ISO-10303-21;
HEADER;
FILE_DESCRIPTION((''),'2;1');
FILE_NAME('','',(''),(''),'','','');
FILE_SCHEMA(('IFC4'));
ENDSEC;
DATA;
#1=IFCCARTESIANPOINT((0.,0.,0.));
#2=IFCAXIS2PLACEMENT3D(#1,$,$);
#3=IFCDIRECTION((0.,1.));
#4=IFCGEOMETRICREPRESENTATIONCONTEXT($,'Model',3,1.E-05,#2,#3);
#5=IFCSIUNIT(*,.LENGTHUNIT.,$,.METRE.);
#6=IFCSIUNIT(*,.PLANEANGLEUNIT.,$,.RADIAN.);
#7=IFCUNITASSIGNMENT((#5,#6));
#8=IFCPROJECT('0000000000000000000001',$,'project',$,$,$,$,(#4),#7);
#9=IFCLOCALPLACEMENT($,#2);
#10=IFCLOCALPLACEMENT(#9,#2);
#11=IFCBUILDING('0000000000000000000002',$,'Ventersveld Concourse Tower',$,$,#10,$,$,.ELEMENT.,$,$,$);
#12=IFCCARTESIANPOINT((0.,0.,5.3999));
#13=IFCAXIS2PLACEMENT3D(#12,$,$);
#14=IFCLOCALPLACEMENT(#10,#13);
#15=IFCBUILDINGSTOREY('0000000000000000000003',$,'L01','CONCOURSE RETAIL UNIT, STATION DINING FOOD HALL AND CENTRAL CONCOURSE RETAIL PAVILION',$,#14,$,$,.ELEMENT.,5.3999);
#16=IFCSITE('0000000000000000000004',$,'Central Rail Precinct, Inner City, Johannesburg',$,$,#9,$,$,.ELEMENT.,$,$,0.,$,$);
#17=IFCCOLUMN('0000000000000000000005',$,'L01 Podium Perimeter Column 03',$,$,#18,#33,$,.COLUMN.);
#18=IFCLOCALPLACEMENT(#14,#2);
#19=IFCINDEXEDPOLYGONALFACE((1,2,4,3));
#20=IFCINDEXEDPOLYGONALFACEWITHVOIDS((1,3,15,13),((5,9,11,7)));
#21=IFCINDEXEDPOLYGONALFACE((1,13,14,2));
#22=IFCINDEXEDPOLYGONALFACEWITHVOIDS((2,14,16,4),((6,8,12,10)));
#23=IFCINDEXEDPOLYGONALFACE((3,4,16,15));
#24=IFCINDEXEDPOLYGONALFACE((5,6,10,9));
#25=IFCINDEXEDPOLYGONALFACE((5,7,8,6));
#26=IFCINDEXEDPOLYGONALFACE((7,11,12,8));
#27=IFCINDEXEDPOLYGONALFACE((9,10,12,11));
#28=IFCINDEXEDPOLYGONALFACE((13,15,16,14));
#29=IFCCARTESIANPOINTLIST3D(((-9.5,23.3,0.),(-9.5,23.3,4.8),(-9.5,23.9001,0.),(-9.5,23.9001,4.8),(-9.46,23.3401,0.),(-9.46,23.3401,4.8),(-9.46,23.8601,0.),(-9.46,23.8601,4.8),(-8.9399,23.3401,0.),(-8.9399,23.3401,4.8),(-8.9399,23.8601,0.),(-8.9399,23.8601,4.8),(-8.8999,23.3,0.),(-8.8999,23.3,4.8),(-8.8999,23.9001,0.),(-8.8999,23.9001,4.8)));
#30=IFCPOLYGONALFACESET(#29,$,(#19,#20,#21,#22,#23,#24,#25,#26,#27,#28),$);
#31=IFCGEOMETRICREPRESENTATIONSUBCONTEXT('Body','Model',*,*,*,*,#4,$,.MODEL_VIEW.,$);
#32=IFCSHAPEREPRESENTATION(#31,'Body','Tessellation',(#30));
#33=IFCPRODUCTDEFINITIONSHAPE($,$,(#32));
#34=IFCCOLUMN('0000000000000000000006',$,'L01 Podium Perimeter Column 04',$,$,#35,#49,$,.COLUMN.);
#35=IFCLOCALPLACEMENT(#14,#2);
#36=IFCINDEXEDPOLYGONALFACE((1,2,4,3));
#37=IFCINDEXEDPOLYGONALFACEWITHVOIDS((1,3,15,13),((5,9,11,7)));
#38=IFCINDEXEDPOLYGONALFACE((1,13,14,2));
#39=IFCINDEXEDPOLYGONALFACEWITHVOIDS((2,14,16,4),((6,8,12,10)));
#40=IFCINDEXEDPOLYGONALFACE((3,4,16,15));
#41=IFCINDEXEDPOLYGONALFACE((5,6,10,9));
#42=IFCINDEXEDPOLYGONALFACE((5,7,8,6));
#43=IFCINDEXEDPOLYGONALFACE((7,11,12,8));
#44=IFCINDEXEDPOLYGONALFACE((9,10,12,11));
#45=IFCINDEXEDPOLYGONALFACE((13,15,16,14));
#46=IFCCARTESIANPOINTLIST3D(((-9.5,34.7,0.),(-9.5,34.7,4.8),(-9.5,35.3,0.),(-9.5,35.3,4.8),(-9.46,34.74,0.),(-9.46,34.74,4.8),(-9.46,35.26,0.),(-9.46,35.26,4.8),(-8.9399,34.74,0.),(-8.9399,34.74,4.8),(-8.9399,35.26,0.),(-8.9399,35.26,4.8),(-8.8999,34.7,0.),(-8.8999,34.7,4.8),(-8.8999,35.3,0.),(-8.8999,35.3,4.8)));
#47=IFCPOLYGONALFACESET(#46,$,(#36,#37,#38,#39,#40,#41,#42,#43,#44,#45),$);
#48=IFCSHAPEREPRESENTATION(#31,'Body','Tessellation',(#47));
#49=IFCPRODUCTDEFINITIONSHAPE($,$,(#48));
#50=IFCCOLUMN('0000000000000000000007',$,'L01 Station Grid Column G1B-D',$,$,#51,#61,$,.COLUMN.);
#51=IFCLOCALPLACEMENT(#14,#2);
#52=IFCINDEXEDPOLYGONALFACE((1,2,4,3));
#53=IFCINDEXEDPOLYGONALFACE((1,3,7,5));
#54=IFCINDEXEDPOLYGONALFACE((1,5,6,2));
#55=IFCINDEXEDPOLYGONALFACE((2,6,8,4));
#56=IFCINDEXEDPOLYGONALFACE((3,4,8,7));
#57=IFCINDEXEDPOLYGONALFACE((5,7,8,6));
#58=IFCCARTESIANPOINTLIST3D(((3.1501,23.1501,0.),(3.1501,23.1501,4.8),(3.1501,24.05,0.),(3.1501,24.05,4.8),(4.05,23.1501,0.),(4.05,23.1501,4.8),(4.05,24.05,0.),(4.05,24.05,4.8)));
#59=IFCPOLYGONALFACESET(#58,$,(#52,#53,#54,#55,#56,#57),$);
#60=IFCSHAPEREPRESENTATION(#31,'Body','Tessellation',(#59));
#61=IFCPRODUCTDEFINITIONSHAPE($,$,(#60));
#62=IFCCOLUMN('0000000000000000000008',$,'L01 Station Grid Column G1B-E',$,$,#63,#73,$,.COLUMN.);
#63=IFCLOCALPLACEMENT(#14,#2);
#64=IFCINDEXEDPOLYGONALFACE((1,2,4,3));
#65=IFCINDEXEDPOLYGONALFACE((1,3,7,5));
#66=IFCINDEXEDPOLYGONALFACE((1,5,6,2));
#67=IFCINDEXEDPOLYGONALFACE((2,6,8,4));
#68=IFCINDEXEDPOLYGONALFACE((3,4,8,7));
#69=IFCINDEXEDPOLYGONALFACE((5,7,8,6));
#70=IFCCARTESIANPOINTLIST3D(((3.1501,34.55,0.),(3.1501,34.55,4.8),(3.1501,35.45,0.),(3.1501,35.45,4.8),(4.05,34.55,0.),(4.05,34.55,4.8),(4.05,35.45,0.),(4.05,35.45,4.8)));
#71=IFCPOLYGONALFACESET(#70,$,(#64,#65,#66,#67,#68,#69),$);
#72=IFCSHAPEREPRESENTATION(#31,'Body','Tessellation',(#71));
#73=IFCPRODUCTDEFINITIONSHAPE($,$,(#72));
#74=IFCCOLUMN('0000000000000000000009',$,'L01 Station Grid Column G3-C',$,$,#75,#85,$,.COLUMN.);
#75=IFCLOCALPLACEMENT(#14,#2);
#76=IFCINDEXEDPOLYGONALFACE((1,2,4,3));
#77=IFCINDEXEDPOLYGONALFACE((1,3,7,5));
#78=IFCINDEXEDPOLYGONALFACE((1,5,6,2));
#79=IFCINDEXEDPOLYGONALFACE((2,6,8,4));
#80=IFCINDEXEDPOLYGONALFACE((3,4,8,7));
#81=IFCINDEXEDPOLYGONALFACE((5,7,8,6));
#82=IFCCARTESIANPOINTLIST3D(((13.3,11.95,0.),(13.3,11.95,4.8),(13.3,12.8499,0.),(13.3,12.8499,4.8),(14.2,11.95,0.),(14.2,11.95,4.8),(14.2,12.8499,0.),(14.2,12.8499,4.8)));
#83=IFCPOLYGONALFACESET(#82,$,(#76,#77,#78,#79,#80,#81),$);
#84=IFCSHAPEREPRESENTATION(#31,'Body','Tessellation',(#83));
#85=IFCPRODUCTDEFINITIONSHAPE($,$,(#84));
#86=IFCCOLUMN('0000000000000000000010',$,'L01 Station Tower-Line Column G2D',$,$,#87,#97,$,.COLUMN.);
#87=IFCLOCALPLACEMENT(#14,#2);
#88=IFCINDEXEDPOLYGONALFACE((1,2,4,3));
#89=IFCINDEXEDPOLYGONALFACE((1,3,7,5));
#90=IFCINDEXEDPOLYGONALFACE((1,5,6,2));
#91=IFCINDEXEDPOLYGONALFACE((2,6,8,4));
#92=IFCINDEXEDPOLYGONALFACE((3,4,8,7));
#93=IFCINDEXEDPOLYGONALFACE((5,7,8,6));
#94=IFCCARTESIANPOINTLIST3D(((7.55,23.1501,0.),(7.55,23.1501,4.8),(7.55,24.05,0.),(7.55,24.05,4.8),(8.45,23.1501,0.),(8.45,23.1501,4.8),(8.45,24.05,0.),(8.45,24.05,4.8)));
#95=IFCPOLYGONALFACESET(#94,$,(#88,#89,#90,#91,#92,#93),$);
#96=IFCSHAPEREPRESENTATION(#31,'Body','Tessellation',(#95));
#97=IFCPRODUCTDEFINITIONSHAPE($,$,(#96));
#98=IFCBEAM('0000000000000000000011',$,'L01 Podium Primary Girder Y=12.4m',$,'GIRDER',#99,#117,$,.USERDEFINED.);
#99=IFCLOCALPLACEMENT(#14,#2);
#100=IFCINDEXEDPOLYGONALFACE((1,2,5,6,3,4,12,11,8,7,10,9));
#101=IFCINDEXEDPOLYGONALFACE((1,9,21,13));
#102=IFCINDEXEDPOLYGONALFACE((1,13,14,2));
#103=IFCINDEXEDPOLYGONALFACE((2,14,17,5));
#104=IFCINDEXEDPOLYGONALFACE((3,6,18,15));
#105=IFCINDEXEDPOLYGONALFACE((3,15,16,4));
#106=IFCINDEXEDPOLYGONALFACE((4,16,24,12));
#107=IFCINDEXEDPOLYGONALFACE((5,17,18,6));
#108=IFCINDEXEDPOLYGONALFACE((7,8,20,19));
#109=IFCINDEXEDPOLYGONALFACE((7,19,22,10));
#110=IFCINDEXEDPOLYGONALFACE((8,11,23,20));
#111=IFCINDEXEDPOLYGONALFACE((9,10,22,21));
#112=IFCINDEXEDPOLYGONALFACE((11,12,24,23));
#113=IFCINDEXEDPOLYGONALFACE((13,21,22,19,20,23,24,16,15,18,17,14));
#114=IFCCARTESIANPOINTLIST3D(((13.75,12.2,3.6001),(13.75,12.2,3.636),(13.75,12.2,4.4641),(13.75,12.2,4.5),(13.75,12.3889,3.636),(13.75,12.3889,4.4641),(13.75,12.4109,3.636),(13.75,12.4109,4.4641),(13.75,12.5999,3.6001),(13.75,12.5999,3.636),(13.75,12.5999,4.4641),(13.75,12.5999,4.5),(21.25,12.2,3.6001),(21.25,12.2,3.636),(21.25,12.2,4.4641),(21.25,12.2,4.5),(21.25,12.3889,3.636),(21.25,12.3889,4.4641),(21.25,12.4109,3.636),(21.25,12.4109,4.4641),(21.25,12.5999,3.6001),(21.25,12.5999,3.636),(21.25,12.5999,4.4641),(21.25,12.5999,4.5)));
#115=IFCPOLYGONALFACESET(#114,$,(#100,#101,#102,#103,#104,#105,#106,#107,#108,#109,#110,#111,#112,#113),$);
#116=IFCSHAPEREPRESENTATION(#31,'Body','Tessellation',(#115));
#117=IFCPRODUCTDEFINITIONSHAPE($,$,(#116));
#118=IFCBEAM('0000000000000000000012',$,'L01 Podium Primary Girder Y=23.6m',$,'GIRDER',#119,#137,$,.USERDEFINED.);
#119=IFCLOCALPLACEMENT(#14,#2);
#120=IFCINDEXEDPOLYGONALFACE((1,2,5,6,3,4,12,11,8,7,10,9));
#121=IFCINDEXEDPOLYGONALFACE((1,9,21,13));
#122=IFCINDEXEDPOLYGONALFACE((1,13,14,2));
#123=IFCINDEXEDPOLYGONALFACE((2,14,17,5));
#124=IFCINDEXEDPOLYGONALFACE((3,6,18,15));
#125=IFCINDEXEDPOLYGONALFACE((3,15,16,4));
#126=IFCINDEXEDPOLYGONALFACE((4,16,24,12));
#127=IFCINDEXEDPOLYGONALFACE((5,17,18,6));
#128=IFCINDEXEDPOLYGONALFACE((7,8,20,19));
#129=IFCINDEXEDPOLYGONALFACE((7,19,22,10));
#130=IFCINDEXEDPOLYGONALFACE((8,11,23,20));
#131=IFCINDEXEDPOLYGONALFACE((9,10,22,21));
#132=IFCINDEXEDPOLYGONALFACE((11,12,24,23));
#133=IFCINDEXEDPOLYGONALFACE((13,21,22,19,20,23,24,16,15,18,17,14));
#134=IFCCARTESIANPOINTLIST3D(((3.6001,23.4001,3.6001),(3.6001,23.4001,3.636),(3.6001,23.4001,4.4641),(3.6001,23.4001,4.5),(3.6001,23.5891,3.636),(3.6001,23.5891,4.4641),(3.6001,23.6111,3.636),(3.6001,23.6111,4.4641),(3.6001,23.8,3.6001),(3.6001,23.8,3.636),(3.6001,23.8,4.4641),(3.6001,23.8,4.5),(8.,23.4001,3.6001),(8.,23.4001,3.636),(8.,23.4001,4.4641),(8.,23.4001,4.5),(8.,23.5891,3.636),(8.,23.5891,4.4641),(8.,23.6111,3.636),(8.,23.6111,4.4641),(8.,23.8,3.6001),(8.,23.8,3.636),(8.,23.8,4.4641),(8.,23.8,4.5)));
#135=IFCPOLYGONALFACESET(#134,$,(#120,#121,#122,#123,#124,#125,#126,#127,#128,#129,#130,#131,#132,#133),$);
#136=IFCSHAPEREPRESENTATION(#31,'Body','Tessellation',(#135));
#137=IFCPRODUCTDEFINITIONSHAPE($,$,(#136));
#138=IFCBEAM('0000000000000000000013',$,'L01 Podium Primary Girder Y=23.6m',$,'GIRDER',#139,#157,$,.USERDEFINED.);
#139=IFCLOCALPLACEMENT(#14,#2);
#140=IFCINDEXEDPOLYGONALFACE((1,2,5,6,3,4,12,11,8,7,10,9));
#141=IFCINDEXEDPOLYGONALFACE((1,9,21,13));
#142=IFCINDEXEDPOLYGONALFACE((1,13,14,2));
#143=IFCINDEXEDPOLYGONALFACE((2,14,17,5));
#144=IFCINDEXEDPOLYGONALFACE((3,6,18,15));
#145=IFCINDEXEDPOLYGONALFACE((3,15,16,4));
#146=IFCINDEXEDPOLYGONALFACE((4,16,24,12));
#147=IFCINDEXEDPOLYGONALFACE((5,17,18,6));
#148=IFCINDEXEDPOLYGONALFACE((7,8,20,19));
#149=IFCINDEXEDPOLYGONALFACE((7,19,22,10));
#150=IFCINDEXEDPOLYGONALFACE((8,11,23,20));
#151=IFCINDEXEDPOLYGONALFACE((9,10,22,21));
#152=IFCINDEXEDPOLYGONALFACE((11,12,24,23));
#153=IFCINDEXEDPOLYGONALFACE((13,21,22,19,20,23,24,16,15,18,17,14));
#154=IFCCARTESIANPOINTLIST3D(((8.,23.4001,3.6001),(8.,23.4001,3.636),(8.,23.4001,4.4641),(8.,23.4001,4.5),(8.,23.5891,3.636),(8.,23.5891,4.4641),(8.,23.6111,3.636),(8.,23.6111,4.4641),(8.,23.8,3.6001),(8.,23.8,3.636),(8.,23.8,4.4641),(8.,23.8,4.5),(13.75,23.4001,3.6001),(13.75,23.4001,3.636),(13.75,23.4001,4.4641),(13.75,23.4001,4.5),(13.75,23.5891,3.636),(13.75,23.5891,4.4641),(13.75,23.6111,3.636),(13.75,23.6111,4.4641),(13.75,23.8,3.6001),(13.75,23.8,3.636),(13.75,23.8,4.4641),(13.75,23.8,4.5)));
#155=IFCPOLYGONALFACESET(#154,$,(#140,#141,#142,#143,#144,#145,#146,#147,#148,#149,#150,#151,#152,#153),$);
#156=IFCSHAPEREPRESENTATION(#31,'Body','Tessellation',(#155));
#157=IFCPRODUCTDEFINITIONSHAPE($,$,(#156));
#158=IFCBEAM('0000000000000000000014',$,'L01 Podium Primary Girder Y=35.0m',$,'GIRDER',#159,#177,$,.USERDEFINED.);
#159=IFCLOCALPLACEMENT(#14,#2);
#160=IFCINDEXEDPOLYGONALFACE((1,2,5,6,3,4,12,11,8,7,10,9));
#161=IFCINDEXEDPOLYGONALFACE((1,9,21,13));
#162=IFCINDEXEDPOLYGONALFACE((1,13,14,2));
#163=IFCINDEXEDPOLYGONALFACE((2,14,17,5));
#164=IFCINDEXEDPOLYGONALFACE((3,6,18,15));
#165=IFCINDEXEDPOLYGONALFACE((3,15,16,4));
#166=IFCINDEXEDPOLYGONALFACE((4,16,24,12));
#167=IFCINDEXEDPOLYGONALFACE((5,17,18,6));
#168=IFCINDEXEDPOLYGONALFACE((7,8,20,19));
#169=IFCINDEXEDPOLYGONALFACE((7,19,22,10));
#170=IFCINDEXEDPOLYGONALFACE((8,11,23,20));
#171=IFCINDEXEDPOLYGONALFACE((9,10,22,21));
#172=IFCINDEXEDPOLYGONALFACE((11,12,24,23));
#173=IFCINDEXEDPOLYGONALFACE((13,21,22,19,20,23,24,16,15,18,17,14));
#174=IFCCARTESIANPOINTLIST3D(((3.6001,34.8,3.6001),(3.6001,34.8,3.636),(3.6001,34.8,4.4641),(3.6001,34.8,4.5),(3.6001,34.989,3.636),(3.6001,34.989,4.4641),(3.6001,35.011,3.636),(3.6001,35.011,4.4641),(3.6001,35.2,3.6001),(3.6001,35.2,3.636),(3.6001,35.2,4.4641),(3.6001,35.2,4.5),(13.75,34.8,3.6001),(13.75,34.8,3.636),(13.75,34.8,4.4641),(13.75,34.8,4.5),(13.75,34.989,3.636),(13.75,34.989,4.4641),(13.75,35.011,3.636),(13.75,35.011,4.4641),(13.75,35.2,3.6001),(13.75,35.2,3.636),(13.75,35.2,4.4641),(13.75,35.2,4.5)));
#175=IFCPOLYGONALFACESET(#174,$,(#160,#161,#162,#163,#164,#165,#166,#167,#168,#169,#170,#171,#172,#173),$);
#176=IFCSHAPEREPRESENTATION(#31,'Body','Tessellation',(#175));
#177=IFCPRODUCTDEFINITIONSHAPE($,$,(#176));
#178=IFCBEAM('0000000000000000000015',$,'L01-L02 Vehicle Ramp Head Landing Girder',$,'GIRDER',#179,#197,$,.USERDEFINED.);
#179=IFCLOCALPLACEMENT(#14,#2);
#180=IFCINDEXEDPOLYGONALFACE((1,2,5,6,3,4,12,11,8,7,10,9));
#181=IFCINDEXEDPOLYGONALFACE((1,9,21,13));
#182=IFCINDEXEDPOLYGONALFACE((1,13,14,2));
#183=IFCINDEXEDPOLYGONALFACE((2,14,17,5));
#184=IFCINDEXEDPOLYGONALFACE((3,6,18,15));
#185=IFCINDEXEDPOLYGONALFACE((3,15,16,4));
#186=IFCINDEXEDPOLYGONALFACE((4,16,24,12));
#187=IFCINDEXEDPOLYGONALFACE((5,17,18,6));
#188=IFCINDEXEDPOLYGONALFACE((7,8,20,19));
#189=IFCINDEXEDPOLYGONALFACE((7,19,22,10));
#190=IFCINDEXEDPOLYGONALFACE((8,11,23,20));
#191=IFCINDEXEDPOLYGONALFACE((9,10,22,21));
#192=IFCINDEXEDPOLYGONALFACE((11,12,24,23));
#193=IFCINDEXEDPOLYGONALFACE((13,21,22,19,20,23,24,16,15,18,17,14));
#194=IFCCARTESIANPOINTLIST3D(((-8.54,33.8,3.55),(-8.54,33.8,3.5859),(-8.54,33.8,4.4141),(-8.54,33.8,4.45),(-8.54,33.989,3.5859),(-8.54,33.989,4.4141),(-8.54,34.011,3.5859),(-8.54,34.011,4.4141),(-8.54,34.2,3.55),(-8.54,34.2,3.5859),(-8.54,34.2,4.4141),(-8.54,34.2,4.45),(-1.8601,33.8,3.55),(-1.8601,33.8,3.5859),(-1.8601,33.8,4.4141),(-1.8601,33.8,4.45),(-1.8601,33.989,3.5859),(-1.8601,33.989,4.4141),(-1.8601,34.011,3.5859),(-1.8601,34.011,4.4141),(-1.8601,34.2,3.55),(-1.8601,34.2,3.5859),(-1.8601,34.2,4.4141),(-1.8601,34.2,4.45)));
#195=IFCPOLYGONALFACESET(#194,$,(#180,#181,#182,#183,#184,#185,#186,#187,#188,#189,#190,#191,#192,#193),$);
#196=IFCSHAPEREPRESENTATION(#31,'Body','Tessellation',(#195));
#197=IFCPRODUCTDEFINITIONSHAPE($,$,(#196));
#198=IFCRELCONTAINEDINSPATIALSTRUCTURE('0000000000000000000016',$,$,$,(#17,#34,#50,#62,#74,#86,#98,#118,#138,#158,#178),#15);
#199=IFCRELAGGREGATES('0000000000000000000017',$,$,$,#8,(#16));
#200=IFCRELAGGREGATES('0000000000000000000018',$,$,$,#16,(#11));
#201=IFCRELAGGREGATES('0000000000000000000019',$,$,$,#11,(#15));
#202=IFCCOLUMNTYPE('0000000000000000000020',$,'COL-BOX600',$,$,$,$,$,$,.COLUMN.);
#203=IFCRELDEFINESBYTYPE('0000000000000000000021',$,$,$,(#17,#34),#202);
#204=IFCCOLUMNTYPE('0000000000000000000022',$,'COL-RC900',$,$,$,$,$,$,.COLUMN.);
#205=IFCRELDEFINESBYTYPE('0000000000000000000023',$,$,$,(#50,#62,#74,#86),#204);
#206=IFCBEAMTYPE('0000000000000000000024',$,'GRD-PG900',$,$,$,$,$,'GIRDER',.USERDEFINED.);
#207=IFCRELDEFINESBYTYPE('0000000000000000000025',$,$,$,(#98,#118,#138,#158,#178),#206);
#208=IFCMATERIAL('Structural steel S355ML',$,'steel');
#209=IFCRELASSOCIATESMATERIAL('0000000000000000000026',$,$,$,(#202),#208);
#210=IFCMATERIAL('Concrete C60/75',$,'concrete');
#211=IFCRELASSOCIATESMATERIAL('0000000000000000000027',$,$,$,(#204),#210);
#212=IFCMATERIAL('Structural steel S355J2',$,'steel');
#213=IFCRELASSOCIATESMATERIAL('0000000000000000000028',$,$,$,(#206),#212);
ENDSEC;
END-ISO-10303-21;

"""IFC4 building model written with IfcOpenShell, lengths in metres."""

from ifc_helpers import new_model, si_unit, direction, frame, origin, origin_2d, place, context, subcontext, project, spatial, rectangle, hollow_rectangle, i_section, extrude, material, material_profile, profile_set, type_object, element, save


model = new_model("IFC4")

# Units and contexts
model_context = context("Model", 3, precision=1e-05, world=origin(), true_north=direction((0.0, 1.0)))
body_context = subcontext(model_context, "Body", "Model", "MODEL_VIEW")
ifc_project = project(units=[si_unit("LENGTHUNIT", "METRE"), si_unit("PLANEANGLEUNIT", "RADIAN")], contexts=[model_context])

# Site, building, storey
site_placement = place(None, origin())
site = spatial("IfcSite", under=ifc_project, at=site_placement, Name="Central Rail Precinct, Inner City, Johannesburg", CompositionType="ELEMENT", RefElevation=0.0)
building_placement = place(site_placement, origin())
building = spatial("IfcBuilding", under=site, at=building_placement, Name="Ventersveld Concourse Tower", CompositionType="ELEMENT")
storey_placement = place(building_placement, frame((0.0, 0.0, 5.3999)))
storey = spatial("IfcBuildingStorey", under=building, at=storey_placement, Name="L01", Description="CONCOURSE RETAIL UNIT, STATION DINING FOOD HALL AND CENTRAL CONCOURSE RETAIL PAVILION", CompositionType="ELEMENT", Elevation=5.3999)

# Columns
ifc_material_1 = material(Name="Structural steel S355ML", Category="steel")
ifc_material_profile_1 = material_profile(ifc_material_1, hollow_rectangle(XDim=0.6001, YDim=0.6001, WallThickness=0.04, at=origin_2d()), Name="BOX 600x600x40")
ifc_profile_set_1 = profile_set([ifc_material_profile_1], Name="Structural steel S355ML")
column_type_1 = type_object("IfcColumnType", Name="COL-BOX600", PredefinedType="COLUMN", material=ifc_profile_set_1)
for number, where, z_axis, x_axis, name in (
    (1, (-9.2, 23.6001, 0.0), (0.0, 0.0, 1.0), (1.0, 0.0, 0.0), "L01 Podium Perimeter Column 03"),
    (2, (-9.2, 35.0, 0.0), (0.0, 0.0, 1.0), (1.0, 0.0, 0.0), "L01 Podium Perimeter Column 04"),
):
    element("IfcColumn", number, at=place(storey_placement, frame(where, z_axis=z_axis, x_axis=x_axis)), inside=storey, type_object=column_type_1, Name=name, PredefinedType="COLUMN", context=body_context, shape_type="SweptSolid", body=[
        extrude(hollow_rectangle(XDim=0.6001, YDim=0.6001, WallThickness=0.04, at=origin_2d()), origin(), (0.0, 0.0, 1.0), 4.8),
    ])
ifc_material_2 = material(Name="Concrete C60/75", Category="concrete")
ifc_material_profile_2 = material_profile(ifc_material_2, rectangle(XDim=0.8999, YDim=0.8999, at=origin_2d()), Name="RC 900x900")
ifc_profile_set_2 = profile_set([ifc_material_profile_2], Name="Concrete C60/75")
column_type_2 = type_object("IfcColumnType", Name="COL-RC900", PredefinedType="COLUMN", material=ifc_profile_set_2)
for number, where, z_axis, x_axis, name in (
    (3, (3.6001, 23.6001, 0.0), (0.0, 0.0, 1.0), (1.0, 0.0, 0.0), "L01 Station Grid Column G1B-D"),
    (4, (3.6001, 35.0, 0.0), (0.0, 0.0, 1.0), (1.0, 0.0, 0.0), "L01 Station Grid Column G1B-E"),
    (5, (13.75, 12.3999, 0.0), (0.0, 0.0, 1.0), (1.0, 0.0, 0.0), "L01 Station Grid Column G3-C"),
    (6, (8.0, 23.6001, 0.0), (0.0, 0.0, 1.0), (1.0, 0.0, 0.0), "L01 Station Tower-Line Column G2D"),
):
    element("IfcColumn", number, at=place(storey_placement, frame(where, z_axis=z_axis, x_axis=x_axis)), inside=storey, type_object=column_type_2, Name=name, PredefinedType="COLUMN", context=body_context, shape_type="SweptSolid", body=[
        extrude(rectangle(XDim=0.8999, YDim=0.8999, at=origin_2d()), origin(), (0.0, 0.0, 1.0), 4.8),
    ])

# Beams
ifc_material_3 = material(Name="Structural steel S355J2", Category="steel")
ifc_material_profile_3 = material_profile(ifc_material_3, i_section(OverallWidth=0.3999, OverallDepth=0.8999, WebThickness=0.022, FlangeThickness=0.0359, at=origin_2d()), Name="PG 900x400x36")
ifc_profile_set_3 = profile_set([ifc_material_profile_3], Name="Structural steel S355J2")
beam_type_1 = type_object("IfcBeamType", Name="GRD-PG900", ElementType="GIRDER", PredefinedType="USERDEFINED", material=ifc_profile_set_3)
beam_1_placement = place(storey_placement, frame((13.75, 12.3999, 4.05), z_axis=(1.0, 0.0, 0.0), x_axis=(0.0, 1.0, 0.0)))
element("IfcBeam", 7, at=beam_1_placement, inside=storey, type_object=beam_type_1, Name="L01 Podium Primary Girder Y=12.4m", ObjectType="GIRDER", PredefinedType="USERDEFINED", context=body_context, shape_type="SweptSolid", body=[
    extrude(i_section(OverallWidth=0.3999, OverallDepth=0.8999, WebThickness=0.022, FlangeThickness=0.0359, at=origin_2d()), origin(), (0.0, 0.0, 1.0), 7.5),
])
beam_2_placement = place(storey_placement, frame((3.6001, 23.6001, 4.05), z_axis=(1.0, 0.0, 0.0), x_axis=(0.0, 1.0, 0.0)))
element("IfcBeam", 8, at=beam_2_placement, inside=storey, type_object=beam_type_1, Name="L01 Podium Primary Girder Y=23.6m", ObjectType="GIRDER", PredefinedType="USERDEFINED", context=body_context, shape_type="SweptSolid", body=[
    extrude(i_section(OverallWidth=0.3999, OverallDepth=0.8999, WebThickness=0.022, FlangeThickness=0.0359, at=origin_2d()), origin(), (0.0, 0.0, 1.0), 4.3999),
])
beam_3_placement = place(storey_placement, frame((8.0, 23.6001, 4.05), z_axis=(1.0, 0.0, 0.0), x_axis=(0.0, 1.0, 0.0)))
element("IfcBeam", 9, at=beam_3_placement, inside=storey, type_object=beam_type_1, Name="L01 Podium Primary Girder Y=23.6m", ObjectType="GIRDER", PredefinedType="USERDEFINED", context=body_context, shape_type="SweptSolid", body=[
    extrude(i_section(OverallWidth=0.3999, OverallDepth=0.8999, WebThickness=0.022, FlangeThickness=0.0359, at=origin_2d()), origin(), (0.0, 0.0, 1.0), 5.75),
])
beam_4_placement = place(storey_placement, frame((3.6001, 35.0, 4.05), z_axis=(1.0, 0.0, 0.0), x_axis=(0.0, 1.0, 0.0)))
element("IfcBeam", 10, at=beam_4_placement, inside=storey, type_object=beam_type_1, Name="L01 Podium Primary Girder Y=35.0m", ObjectType="GIRDER", PredefinedType="USERDEFINED", context=body_context, shape_type="SweptSolid", body=[
    extrude(i_section(OverallWidth=0.3999, OverallDepth=0.8999, WebThickness=0.022, FlangeThickness=0.0359, at=origin_2d()), origin(), (0.0, 0.0, 1.0), 10.1499),
])
beam_5_placement = place(storey_placement, frame((-8.54, 34.0, 4.0), z_axis=(1.0, 0.0, 0.0), x_axis=(0.0, 1.0, 0.0)))
element("IfcBeam", 11, at=beam_5_placement, inside=storey, type_object=beam_type_1, Name="L01-L02 Vehicle Ramp Head Landing Girder", ObjectType="GIRDER", PredefinedType="USERDEFINED", context=body_context, shape_type="SweptSolid", body=[
    extrude(i_section(OverallWidth=0.3999, OverallDepth=0.8999, WebThickness=0.022, FlangeThickness=0.0359, at=origin_2d()), origin(), (0.0, 0.0, 1.0), 6.6799),
])

save(model, "model.ifc")
